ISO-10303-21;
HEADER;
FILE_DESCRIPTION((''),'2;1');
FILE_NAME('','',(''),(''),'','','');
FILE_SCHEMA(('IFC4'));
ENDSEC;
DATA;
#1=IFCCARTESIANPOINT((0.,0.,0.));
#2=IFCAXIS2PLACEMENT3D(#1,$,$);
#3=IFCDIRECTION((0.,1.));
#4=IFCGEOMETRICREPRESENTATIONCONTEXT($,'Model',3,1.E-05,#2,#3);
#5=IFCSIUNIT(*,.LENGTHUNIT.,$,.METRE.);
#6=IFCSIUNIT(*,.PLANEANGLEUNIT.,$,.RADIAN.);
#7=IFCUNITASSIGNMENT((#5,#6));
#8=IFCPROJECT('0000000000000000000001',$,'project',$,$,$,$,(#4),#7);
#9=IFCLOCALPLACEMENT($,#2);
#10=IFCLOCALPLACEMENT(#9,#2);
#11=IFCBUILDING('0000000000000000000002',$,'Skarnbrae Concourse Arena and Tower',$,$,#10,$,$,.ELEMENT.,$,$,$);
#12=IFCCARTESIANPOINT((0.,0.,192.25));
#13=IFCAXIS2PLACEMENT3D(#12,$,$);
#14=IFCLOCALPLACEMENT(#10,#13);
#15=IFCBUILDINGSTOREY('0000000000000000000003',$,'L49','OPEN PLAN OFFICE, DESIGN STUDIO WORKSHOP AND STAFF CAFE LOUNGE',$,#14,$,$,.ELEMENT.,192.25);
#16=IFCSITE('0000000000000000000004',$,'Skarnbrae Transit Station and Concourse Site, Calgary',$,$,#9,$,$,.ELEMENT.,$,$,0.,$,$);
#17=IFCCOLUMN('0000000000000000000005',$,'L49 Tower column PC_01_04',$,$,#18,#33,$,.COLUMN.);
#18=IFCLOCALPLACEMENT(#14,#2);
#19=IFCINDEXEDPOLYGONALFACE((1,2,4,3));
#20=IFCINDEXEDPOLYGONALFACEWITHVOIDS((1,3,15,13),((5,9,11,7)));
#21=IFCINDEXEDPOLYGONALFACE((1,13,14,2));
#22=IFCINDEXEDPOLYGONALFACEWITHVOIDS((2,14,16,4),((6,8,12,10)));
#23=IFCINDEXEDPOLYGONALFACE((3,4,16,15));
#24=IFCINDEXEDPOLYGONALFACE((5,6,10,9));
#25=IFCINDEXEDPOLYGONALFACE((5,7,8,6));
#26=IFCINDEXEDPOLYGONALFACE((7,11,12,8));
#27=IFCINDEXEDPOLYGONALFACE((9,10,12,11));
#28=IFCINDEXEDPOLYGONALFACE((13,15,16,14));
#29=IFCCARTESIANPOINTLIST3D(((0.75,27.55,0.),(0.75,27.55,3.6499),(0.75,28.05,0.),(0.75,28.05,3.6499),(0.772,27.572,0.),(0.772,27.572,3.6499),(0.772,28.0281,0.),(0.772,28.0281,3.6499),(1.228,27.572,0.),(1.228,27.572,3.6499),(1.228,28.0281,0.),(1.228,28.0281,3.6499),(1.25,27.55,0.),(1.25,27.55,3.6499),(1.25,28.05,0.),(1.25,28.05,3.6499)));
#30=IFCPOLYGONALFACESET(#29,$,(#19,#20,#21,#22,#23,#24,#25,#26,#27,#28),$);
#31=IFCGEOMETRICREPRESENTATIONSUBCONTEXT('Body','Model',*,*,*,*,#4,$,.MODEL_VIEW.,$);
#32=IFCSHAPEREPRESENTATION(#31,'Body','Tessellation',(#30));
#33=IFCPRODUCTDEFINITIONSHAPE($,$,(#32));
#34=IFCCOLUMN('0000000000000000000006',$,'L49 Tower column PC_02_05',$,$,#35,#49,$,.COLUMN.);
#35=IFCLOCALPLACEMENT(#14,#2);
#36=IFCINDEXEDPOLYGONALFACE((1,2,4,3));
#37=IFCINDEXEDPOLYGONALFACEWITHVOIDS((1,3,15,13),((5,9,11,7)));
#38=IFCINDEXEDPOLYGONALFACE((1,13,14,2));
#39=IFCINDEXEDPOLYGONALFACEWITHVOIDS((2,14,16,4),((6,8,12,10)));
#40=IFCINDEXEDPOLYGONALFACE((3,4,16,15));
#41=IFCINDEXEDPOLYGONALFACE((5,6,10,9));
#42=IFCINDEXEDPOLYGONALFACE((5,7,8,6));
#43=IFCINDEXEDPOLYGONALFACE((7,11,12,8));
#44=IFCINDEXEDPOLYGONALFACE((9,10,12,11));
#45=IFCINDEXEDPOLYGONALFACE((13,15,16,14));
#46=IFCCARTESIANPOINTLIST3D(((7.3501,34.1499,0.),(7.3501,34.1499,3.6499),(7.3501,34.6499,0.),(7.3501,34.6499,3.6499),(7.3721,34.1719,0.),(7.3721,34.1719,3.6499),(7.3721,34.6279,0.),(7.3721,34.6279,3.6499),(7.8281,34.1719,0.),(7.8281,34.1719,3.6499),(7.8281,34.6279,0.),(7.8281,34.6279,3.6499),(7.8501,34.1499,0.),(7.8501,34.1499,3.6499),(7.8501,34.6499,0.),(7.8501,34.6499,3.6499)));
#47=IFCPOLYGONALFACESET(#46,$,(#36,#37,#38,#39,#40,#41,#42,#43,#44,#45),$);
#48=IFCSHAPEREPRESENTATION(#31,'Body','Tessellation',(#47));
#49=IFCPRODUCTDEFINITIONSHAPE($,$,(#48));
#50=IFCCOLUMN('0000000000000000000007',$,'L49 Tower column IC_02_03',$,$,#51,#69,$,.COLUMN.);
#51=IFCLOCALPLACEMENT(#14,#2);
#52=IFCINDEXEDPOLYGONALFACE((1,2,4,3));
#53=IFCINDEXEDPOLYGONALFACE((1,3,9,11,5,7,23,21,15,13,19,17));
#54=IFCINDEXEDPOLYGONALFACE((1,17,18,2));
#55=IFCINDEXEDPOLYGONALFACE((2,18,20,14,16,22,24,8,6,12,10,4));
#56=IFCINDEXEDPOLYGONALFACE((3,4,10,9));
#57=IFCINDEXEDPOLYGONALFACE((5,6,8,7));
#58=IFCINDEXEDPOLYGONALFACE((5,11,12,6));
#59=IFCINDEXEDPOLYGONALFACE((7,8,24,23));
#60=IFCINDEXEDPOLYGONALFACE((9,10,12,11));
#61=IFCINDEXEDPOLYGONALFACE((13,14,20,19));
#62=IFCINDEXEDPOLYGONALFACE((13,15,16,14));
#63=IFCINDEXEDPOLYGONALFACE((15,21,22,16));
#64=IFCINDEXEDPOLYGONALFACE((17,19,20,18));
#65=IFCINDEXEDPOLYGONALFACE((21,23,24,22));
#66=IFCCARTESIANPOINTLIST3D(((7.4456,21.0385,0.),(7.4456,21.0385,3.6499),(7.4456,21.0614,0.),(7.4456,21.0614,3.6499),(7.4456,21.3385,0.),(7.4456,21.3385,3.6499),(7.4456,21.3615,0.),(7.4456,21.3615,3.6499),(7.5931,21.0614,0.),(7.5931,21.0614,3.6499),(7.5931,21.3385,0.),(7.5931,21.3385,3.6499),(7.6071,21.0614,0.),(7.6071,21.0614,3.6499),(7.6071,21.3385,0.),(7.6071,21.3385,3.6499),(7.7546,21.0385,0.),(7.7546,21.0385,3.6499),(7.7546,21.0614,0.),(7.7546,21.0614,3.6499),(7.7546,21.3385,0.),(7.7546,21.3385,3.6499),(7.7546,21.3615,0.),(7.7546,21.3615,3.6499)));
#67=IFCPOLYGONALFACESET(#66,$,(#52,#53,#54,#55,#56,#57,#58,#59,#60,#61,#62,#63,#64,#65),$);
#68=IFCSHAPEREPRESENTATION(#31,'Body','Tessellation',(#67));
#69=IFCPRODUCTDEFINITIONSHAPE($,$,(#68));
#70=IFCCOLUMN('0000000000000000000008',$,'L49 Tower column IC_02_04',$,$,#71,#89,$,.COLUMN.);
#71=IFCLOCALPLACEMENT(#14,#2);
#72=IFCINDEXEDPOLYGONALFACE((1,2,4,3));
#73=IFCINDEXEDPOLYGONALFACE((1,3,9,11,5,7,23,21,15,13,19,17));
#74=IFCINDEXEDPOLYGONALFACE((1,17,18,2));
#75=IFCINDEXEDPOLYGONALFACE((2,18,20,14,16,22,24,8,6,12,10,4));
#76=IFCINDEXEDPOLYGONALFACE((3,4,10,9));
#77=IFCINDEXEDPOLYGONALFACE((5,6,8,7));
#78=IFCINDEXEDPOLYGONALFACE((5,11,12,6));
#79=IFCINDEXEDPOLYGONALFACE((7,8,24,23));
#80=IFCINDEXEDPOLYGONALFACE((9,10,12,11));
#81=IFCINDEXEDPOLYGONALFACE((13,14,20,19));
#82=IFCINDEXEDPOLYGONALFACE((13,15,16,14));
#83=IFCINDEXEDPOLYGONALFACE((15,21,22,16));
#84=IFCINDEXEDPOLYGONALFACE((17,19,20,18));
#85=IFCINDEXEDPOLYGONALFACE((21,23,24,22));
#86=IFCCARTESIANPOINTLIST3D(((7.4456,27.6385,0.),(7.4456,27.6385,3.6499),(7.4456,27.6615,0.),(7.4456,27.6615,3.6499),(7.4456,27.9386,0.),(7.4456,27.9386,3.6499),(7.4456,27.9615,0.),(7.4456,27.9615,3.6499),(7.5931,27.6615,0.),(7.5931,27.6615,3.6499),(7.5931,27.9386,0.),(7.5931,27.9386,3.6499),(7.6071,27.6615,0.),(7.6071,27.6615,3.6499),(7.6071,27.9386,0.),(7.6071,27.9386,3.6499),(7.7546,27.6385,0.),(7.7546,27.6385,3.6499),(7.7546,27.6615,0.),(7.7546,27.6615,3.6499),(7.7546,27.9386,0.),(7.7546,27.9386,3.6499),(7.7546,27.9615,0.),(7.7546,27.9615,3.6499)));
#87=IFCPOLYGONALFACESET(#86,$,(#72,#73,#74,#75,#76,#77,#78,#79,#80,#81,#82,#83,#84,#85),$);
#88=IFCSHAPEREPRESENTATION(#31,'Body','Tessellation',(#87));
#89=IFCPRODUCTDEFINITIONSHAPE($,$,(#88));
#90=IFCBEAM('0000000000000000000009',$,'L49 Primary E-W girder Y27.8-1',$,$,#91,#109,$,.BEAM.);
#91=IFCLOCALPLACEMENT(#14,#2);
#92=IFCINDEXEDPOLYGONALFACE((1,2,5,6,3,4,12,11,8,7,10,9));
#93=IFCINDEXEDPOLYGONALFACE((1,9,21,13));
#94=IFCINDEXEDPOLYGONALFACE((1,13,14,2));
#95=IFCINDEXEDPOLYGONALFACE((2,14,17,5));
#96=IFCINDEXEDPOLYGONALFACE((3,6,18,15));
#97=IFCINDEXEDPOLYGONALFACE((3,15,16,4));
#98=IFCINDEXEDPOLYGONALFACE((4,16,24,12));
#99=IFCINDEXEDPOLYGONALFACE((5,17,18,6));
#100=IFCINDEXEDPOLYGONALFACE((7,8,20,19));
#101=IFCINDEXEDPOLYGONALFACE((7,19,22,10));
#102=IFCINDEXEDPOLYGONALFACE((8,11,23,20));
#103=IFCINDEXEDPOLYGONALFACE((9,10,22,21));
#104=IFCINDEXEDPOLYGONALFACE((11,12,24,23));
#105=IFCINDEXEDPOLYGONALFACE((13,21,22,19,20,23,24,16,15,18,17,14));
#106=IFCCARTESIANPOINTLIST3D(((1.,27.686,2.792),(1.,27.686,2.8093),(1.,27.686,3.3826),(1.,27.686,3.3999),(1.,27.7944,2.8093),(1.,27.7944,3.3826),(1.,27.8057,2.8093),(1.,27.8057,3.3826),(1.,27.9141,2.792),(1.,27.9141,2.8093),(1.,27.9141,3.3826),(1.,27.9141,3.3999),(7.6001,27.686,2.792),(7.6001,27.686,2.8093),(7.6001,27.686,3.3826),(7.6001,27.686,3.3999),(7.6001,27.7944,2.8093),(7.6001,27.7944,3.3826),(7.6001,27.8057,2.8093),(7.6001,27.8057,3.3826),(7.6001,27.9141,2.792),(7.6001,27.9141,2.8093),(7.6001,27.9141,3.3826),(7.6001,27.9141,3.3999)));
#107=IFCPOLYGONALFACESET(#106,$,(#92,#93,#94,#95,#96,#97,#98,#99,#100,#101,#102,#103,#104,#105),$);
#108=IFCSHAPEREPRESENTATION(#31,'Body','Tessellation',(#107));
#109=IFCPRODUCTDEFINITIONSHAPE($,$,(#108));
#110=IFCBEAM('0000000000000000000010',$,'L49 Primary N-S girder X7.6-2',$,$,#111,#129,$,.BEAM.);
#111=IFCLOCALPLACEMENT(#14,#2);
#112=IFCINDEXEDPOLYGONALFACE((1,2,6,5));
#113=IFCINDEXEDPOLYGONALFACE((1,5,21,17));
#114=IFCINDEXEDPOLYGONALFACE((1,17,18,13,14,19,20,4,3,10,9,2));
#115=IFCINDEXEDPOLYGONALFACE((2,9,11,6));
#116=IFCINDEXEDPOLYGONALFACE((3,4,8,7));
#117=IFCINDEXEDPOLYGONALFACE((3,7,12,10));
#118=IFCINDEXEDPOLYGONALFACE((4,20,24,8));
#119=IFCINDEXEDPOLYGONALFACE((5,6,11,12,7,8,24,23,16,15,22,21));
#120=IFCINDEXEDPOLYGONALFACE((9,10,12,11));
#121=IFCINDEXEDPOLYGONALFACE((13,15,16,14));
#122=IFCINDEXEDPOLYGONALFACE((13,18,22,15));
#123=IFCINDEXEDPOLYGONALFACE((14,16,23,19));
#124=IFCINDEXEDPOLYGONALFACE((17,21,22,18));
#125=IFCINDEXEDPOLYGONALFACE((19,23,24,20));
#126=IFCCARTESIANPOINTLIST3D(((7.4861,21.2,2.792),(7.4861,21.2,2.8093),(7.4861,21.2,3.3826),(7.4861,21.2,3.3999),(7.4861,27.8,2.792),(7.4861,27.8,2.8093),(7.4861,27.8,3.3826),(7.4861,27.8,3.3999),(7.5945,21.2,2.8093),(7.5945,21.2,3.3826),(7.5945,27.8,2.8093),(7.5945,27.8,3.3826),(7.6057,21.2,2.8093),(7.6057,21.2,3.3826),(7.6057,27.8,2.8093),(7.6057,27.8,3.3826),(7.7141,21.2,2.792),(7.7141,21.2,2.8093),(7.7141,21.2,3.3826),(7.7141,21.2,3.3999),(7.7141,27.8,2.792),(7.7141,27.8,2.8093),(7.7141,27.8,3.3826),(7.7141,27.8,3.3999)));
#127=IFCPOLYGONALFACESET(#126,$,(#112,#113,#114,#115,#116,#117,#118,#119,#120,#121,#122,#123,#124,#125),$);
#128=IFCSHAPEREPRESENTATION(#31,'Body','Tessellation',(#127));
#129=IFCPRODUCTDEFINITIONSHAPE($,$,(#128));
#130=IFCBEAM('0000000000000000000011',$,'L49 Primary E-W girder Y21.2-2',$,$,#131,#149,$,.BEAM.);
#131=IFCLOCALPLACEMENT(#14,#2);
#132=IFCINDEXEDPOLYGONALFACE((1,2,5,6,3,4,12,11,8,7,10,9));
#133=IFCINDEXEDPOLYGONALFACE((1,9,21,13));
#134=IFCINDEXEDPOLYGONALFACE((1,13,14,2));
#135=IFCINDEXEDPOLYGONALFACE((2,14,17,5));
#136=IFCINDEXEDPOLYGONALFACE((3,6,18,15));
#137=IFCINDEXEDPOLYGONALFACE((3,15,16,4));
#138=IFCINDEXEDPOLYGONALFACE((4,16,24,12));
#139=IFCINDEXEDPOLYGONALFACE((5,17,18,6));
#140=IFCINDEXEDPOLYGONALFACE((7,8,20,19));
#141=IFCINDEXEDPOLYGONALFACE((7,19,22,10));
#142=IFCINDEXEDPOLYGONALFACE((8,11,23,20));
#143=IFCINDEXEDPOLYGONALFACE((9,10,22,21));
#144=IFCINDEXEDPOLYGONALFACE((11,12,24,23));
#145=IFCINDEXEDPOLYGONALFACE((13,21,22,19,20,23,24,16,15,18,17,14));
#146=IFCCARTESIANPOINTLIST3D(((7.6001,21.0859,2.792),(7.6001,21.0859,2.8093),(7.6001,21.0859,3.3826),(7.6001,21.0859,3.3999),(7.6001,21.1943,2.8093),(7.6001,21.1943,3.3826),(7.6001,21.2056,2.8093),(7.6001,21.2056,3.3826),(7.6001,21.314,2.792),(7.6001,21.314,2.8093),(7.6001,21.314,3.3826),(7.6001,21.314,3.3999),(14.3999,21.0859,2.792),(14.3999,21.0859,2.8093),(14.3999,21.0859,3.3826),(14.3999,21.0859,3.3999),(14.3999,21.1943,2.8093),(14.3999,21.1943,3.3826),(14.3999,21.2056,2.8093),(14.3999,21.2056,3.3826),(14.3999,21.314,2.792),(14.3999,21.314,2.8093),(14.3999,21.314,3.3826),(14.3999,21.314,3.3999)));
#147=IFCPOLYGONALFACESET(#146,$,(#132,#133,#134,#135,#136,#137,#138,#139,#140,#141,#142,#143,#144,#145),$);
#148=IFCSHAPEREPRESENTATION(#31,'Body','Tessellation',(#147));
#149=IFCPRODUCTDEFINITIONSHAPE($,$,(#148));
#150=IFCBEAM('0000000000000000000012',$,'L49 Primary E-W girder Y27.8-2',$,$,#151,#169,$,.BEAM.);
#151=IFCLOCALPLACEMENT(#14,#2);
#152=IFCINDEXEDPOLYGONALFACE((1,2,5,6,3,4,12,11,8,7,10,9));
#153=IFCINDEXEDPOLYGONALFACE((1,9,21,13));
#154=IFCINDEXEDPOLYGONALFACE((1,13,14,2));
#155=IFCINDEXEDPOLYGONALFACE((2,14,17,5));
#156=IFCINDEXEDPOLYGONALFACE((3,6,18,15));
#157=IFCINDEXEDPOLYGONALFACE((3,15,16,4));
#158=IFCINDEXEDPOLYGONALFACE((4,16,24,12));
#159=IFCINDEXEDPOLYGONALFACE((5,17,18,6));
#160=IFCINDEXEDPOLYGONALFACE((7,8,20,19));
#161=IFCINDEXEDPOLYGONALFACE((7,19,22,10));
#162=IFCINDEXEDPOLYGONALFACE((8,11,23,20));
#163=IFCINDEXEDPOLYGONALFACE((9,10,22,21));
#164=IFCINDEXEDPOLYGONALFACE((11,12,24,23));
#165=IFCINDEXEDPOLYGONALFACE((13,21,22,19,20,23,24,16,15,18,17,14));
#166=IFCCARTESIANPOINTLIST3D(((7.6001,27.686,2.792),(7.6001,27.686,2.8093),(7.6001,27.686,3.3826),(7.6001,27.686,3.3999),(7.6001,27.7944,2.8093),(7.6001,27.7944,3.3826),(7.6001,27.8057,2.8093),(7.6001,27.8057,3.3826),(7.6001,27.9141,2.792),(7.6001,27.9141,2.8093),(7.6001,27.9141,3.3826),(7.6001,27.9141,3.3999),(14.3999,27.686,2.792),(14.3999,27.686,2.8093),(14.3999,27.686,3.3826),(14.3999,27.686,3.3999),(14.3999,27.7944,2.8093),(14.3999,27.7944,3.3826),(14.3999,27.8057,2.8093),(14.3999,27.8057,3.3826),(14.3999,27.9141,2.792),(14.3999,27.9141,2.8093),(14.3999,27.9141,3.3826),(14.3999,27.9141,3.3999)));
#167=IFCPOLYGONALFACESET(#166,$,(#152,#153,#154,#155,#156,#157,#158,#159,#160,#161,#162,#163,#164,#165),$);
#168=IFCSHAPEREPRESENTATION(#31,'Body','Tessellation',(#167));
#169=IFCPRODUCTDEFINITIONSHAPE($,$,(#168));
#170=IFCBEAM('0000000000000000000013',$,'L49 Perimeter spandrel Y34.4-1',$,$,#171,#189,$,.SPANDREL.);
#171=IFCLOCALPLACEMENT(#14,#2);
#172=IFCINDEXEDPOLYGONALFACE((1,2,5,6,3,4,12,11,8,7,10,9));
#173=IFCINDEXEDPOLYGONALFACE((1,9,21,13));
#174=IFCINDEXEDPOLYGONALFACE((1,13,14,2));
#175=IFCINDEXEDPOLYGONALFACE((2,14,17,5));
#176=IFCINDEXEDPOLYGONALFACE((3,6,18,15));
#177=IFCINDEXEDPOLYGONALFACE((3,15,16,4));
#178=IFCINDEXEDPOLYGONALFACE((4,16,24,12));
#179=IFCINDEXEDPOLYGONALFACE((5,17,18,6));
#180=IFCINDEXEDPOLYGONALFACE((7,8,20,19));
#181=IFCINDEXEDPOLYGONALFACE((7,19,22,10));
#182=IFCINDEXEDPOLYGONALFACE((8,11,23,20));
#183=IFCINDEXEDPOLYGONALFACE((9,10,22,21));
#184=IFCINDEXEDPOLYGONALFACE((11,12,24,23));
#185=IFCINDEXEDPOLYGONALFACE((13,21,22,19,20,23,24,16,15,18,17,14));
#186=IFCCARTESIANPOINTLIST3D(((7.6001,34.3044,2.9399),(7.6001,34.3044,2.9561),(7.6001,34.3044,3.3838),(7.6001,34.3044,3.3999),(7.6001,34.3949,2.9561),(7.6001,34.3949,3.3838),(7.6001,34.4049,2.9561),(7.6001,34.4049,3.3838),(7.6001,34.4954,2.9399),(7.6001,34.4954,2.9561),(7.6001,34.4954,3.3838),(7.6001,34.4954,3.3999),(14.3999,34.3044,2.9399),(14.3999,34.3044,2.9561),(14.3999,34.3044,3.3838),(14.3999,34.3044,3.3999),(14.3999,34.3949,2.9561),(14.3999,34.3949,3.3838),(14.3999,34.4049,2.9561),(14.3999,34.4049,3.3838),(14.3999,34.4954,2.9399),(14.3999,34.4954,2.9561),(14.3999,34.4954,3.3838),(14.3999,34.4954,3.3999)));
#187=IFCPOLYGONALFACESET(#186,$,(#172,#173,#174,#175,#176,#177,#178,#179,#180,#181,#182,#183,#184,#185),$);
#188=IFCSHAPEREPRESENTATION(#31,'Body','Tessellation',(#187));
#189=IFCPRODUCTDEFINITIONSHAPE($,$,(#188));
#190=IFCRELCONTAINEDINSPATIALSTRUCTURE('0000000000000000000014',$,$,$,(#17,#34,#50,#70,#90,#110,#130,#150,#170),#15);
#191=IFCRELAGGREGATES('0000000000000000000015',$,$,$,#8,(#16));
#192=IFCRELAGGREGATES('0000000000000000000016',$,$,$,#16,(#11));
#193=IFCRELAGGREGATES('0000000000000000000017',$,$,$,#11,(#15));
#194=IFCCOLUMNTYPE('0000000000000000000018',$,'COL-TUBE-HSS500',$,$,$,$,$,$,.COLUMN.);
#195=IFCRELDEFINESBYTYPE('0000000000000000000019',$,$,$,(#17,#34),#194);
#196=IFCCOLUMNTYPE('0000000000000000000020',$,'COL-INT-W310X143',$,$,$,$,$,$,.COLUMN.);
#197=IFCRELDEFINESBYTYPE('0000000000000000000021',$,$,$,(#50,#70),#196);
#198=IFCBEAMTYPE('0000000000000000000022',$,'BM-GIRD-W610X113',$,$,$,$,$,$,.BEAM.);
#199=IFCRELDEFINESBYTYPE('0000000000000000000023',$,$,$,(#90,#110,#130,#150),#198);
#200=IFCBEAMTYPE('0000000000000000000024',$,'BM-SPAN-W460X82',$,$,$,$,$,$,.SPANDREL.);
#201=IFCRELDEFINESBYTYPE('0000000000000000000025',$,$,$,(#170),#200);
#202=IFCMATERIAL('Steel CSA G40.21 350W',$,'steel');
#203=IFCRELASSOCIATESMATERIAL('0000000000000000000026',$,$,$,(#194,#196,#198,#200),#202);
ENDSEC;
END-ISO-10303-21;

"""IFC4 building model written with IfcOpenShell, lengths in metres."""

from ifc_helpers import new_model, si_unit, direction, frame, origin, origin_2d, place, context, subcontext, project, spatial, hollow_rectangle, i_section, extrude, source, transform, mapped, material, material_profile, profile_set, type_object, element, save


model = new_model("IFC4")

# Units and contexts
model_context = context("Model", 3, precision=1e-05, world=origin(), true_north=direction((0.0, 1.0)))
body_context = subcontext(model_context, "Body", "Model", "MODEL_VIEW")
ifc_project = project(units=[si_unit("LENGTHUNIT", "METRE"), si_unit("PLANEANGLEUNIT", "RADIAN")], contexts=[model_context])

# Site, building, storey
site_placement = place(None, origin())
site = spatial("IfcSite", under=ifc_project, at=site_placement, Name="Skarnbrae Transit Station and Concourse Site, Calgary", CompositionType="ELEMENT", RefElevation=0.0)
building_placement = place(site_placement, origin())
building = spatial("IfcBuilding", under=site, at=building_placement, Name="Skarnbrae Concourse Arena and Tower", CompositionType="ELEMENT")
storey_placement = place(building_placement, frame((0.0, 0.0, 192.25)))
storey = spatial("IfcBuildingStorey", under=building, at=storey_placement, Name="L49", Description="OPEN PLAN OFFICE, DESIGN STUDIO WORKSHOP AND STAFF CAFE LOUNGE", CompositionType="ELEMENT", Elevation=192.25)

# Columns
ifc_material_1 = material(Name="Steel CSA G40.21 350W", Category="steel")
ifc_material_profile_1 = material_profile(ifc_material_1, hollow_rectangle(XDim=0.5, YDim=0.5, WallThickness=0.022, at=origin_2d()), Name="HSS500X500X22.0")
ifc_profile_set_1 = profile_set([ifc_material_profile_1], Name="Steel CSA G40.21 350W")
column_type_1 = type_object("IfcColumnType", Name="COL-TUBE-HSS500", PredefinedType="COLUMN", material=ifc_profile_set_1)
shared_shape_1 = source(origin(), body_context, "Body", "SweptSolid", [
    extrude(hollow_rectangle(XDim=0.5, YDim=0.5, WallThickness=0.022, at=origin_2d()), origin(), (0.0, 0.0, 1.0), 3.6499),
])
for number, where, z_axis, x_axis, name in (
    (1, (1.0, 27.8, 0.0), (0.0, 0.0, 1.0), (1.0, 0.0, 0.0), "L49 Tower column PC_01_04"),
    (2, (7.6001, 34.3999, 0.0), (0.0, 0.0, 1.0), (1.0, 0.0, 0.0), "L49 Tower column PC_02_05"),
):
    element("IfcColumn", number, at=place(storey_placement, frame(where, z_axis=z_axis, x_axis=x_axis)), inside=storey, type_object=column_type_1, Name=name, PredefinedType="COLUMN", context=body_context, shape_type="MappedRepresentation", body=[
        mapped(shared_shape_1, transform((0.0, 0.0, 0.0))),
    ])
ifc_material_profile_2 = material_profile(ifc_material_1, i_section(OverallWidth=0.3091, OverallDepth=0.323, WebThickness=0.0139, FlangeThickness=0.0229, at=origin_2d()), Name="W310X143")
ifc_profile_set_2 = profile_set([ifc_material_profile_2], Name="Steel CSA G40.21 350W")
column_type_2 = type_object("IfcColumnType", Name="COL-INT-W310X143", PredefinedType="COLUMN", material=ifc_profile_set_2)
shared_shape_2 = source(origin(), body_context, "Body", "SweptSolid", [
    extrude(i_section(OverallWidth=0.3091, OverallDepth=0.323, WebThickness=0.0139, FlangeThickness=0.0229, at=origin_2d()), origin(), (0.0, 0.0, 1.0), 3.6499),
])
for number, where, z_axis, x_axis, name in (
    (3, (7.6001, 21.2, 0.0), (0.0, 0.0, 1.0), (1.0, 0.0, 0.0), "L49 Tower column IC_02_03"),
    (4, (7.6001, 27.8, 0.0), (0.0, 0.0, 1.0), (1.0, 0.0, 0.0), "L49 Tower column IC_02_04"),
):
    element("IfcColumn", number, at=place(storey_placement, frame(where, z_axis=z_axis, x_axis=x_axis)), inside=storey, type_object=column_type_2, Name=name, PredefinedType="COLUMN", context=body_context, shape_type="MappedRepresentation", body=[
        mapped(shared_shape_2, transform((0.0, 0.0, 0.0))),
    ])

# Beams
ifc_material_profile_3 = material_profile(ifc_material_1, i_section(OverallWidth=0.228, OverallDepth=0.6079, WebThickness=0.0112, FlangeThickness=0.0173, at=origin_2d()), Name="W610X113")
ifc_profile_set_3 = profile_set([ifc_material_profile_3], Name="Steel CSA G40.21 350W")
beam_type_1 = type_object("IfcBeamType", Name="BM-GIRD-W610X113", PredefinedType="BEAM", material=ifc_profile_set_3)
shared_shape_3 = source(origin(), body_context, "Body", "SweptSolid", [
    extrude(i_section(OverallWidth=0.228, OverallDepth=0.6079, WebThickness=0.0112, FlangeThickness=0.0173, at=origin_2d()), origin(), (0.0, 0.0, 1.0), 6.6001),
])
for number, where, z_axis, x_axis, name in (
    (5, (1.0, 27.8, 3.0959), (1.0, 0.0, 0.0), (0.0, 1.0, 0.0), "L49 Primary E-W girder Y27.8-1"),
    (6, (7.6001, 21.2, 3.0959), (0.0, 1.0, 0.0), (-1.0, 0.0, 0.0), "L49 Primary N-S girder X7.6-2"),
):
    element("IfcBeam", number, at=place(storey_placement, frame(where, z_axis=z_axis, x_axis=x_axis)), inside=storey, type_object=beam_type_1, Name=name, PredefinedType="BEAM", context=body_context, shape_type="MappedRepresentation", body=[
        mapped(shared_shape_3, transform((0.0, 0.0, 0.0))),
    ])
shared_shape_4 = source(origin(), body_context, "Body", "SweptSolid", [
    extrude(i_section(OverallWidth=0.228, OverallDepth=0.6079, WebThickness=0.0112, FlangeThickness=0.0173, at=origin_2d()), origin(), (0.0, 0.0, 1.0), 6.7998),
])
for number, where, z_axis, x_axis, name in (
    (7, (7.6001, 21.2, 3.0959), (1.0, 0.0, 0.0), (0.0, 1.0, 0.0), "L49 Primary E-W girder Y21.2-2"),
    (8, (7.6001, 27.8, 3.0959), (1.0, 0.0, 0.0), (0.0, 1.0, 0.0), "L49 Primary E-W girder Y27.8-2"),
):
    element("IfcBeam", number, at=place(storey_placement, frame(where, z_axis=z_axis, x_axis=x_axis)), inside=storey, type_object=beam_type_1, Name=name, PredefinedType="BEAM", context=body_context, shape_type="MappedRepresentation", body=[
        mapped(shared_shape_4, transform((0.0, 0.0, 0.0))),
    ])
ifc_material_profile_4 = material_profile(ifc_material_1, i_section(OverallWidth=0.1909, OverallDepth=0.46, WebThickness=0.01, FlangeThickness=0.0161, at=origin_2d()), Name="W460X82")
ifc_profile_set_4 = profile_set([ifc_material_profile_4], Name="Steel CSA G40.21 350W")
beam_type_2 = type_object("IfcBeamType", Name="BM-SPAN-W460X82", PredefinedType="SPANDREL", material=ifc_profile_set_4)
shared_shape_5 = source(origin(), body_context, "Body", "SweptSolid", [
    extrude(i_section(OverallWidth=0.1909, OverallDepth=0.46, WebThickness=0.01, FlangeThickness=0.0161, at=origin_2d()), origin(), (0.0, 0.0, 1.0), 6.7998),
])
beam_1_placement = place(storey_placement, frame((7.6001, 34.3999, 3.1699), z_axis=(1.0, 0.0, 0.0), x_axis=(0.0, 1.0, 0.0)))
element("IfcBeam", 9, at=beam_1_placement, inside=storey, type_object=beam_type_2, Name="L49 Perimeter spandrel Y34.4-1", PredefinedType="SPANDREL", context=body_context, shape_type="MappedRepresentation", body=[
    mapped(shared_shape_5, transform((0.0, 0.0, 0.0))),
])

save(model, "model.ifc")
